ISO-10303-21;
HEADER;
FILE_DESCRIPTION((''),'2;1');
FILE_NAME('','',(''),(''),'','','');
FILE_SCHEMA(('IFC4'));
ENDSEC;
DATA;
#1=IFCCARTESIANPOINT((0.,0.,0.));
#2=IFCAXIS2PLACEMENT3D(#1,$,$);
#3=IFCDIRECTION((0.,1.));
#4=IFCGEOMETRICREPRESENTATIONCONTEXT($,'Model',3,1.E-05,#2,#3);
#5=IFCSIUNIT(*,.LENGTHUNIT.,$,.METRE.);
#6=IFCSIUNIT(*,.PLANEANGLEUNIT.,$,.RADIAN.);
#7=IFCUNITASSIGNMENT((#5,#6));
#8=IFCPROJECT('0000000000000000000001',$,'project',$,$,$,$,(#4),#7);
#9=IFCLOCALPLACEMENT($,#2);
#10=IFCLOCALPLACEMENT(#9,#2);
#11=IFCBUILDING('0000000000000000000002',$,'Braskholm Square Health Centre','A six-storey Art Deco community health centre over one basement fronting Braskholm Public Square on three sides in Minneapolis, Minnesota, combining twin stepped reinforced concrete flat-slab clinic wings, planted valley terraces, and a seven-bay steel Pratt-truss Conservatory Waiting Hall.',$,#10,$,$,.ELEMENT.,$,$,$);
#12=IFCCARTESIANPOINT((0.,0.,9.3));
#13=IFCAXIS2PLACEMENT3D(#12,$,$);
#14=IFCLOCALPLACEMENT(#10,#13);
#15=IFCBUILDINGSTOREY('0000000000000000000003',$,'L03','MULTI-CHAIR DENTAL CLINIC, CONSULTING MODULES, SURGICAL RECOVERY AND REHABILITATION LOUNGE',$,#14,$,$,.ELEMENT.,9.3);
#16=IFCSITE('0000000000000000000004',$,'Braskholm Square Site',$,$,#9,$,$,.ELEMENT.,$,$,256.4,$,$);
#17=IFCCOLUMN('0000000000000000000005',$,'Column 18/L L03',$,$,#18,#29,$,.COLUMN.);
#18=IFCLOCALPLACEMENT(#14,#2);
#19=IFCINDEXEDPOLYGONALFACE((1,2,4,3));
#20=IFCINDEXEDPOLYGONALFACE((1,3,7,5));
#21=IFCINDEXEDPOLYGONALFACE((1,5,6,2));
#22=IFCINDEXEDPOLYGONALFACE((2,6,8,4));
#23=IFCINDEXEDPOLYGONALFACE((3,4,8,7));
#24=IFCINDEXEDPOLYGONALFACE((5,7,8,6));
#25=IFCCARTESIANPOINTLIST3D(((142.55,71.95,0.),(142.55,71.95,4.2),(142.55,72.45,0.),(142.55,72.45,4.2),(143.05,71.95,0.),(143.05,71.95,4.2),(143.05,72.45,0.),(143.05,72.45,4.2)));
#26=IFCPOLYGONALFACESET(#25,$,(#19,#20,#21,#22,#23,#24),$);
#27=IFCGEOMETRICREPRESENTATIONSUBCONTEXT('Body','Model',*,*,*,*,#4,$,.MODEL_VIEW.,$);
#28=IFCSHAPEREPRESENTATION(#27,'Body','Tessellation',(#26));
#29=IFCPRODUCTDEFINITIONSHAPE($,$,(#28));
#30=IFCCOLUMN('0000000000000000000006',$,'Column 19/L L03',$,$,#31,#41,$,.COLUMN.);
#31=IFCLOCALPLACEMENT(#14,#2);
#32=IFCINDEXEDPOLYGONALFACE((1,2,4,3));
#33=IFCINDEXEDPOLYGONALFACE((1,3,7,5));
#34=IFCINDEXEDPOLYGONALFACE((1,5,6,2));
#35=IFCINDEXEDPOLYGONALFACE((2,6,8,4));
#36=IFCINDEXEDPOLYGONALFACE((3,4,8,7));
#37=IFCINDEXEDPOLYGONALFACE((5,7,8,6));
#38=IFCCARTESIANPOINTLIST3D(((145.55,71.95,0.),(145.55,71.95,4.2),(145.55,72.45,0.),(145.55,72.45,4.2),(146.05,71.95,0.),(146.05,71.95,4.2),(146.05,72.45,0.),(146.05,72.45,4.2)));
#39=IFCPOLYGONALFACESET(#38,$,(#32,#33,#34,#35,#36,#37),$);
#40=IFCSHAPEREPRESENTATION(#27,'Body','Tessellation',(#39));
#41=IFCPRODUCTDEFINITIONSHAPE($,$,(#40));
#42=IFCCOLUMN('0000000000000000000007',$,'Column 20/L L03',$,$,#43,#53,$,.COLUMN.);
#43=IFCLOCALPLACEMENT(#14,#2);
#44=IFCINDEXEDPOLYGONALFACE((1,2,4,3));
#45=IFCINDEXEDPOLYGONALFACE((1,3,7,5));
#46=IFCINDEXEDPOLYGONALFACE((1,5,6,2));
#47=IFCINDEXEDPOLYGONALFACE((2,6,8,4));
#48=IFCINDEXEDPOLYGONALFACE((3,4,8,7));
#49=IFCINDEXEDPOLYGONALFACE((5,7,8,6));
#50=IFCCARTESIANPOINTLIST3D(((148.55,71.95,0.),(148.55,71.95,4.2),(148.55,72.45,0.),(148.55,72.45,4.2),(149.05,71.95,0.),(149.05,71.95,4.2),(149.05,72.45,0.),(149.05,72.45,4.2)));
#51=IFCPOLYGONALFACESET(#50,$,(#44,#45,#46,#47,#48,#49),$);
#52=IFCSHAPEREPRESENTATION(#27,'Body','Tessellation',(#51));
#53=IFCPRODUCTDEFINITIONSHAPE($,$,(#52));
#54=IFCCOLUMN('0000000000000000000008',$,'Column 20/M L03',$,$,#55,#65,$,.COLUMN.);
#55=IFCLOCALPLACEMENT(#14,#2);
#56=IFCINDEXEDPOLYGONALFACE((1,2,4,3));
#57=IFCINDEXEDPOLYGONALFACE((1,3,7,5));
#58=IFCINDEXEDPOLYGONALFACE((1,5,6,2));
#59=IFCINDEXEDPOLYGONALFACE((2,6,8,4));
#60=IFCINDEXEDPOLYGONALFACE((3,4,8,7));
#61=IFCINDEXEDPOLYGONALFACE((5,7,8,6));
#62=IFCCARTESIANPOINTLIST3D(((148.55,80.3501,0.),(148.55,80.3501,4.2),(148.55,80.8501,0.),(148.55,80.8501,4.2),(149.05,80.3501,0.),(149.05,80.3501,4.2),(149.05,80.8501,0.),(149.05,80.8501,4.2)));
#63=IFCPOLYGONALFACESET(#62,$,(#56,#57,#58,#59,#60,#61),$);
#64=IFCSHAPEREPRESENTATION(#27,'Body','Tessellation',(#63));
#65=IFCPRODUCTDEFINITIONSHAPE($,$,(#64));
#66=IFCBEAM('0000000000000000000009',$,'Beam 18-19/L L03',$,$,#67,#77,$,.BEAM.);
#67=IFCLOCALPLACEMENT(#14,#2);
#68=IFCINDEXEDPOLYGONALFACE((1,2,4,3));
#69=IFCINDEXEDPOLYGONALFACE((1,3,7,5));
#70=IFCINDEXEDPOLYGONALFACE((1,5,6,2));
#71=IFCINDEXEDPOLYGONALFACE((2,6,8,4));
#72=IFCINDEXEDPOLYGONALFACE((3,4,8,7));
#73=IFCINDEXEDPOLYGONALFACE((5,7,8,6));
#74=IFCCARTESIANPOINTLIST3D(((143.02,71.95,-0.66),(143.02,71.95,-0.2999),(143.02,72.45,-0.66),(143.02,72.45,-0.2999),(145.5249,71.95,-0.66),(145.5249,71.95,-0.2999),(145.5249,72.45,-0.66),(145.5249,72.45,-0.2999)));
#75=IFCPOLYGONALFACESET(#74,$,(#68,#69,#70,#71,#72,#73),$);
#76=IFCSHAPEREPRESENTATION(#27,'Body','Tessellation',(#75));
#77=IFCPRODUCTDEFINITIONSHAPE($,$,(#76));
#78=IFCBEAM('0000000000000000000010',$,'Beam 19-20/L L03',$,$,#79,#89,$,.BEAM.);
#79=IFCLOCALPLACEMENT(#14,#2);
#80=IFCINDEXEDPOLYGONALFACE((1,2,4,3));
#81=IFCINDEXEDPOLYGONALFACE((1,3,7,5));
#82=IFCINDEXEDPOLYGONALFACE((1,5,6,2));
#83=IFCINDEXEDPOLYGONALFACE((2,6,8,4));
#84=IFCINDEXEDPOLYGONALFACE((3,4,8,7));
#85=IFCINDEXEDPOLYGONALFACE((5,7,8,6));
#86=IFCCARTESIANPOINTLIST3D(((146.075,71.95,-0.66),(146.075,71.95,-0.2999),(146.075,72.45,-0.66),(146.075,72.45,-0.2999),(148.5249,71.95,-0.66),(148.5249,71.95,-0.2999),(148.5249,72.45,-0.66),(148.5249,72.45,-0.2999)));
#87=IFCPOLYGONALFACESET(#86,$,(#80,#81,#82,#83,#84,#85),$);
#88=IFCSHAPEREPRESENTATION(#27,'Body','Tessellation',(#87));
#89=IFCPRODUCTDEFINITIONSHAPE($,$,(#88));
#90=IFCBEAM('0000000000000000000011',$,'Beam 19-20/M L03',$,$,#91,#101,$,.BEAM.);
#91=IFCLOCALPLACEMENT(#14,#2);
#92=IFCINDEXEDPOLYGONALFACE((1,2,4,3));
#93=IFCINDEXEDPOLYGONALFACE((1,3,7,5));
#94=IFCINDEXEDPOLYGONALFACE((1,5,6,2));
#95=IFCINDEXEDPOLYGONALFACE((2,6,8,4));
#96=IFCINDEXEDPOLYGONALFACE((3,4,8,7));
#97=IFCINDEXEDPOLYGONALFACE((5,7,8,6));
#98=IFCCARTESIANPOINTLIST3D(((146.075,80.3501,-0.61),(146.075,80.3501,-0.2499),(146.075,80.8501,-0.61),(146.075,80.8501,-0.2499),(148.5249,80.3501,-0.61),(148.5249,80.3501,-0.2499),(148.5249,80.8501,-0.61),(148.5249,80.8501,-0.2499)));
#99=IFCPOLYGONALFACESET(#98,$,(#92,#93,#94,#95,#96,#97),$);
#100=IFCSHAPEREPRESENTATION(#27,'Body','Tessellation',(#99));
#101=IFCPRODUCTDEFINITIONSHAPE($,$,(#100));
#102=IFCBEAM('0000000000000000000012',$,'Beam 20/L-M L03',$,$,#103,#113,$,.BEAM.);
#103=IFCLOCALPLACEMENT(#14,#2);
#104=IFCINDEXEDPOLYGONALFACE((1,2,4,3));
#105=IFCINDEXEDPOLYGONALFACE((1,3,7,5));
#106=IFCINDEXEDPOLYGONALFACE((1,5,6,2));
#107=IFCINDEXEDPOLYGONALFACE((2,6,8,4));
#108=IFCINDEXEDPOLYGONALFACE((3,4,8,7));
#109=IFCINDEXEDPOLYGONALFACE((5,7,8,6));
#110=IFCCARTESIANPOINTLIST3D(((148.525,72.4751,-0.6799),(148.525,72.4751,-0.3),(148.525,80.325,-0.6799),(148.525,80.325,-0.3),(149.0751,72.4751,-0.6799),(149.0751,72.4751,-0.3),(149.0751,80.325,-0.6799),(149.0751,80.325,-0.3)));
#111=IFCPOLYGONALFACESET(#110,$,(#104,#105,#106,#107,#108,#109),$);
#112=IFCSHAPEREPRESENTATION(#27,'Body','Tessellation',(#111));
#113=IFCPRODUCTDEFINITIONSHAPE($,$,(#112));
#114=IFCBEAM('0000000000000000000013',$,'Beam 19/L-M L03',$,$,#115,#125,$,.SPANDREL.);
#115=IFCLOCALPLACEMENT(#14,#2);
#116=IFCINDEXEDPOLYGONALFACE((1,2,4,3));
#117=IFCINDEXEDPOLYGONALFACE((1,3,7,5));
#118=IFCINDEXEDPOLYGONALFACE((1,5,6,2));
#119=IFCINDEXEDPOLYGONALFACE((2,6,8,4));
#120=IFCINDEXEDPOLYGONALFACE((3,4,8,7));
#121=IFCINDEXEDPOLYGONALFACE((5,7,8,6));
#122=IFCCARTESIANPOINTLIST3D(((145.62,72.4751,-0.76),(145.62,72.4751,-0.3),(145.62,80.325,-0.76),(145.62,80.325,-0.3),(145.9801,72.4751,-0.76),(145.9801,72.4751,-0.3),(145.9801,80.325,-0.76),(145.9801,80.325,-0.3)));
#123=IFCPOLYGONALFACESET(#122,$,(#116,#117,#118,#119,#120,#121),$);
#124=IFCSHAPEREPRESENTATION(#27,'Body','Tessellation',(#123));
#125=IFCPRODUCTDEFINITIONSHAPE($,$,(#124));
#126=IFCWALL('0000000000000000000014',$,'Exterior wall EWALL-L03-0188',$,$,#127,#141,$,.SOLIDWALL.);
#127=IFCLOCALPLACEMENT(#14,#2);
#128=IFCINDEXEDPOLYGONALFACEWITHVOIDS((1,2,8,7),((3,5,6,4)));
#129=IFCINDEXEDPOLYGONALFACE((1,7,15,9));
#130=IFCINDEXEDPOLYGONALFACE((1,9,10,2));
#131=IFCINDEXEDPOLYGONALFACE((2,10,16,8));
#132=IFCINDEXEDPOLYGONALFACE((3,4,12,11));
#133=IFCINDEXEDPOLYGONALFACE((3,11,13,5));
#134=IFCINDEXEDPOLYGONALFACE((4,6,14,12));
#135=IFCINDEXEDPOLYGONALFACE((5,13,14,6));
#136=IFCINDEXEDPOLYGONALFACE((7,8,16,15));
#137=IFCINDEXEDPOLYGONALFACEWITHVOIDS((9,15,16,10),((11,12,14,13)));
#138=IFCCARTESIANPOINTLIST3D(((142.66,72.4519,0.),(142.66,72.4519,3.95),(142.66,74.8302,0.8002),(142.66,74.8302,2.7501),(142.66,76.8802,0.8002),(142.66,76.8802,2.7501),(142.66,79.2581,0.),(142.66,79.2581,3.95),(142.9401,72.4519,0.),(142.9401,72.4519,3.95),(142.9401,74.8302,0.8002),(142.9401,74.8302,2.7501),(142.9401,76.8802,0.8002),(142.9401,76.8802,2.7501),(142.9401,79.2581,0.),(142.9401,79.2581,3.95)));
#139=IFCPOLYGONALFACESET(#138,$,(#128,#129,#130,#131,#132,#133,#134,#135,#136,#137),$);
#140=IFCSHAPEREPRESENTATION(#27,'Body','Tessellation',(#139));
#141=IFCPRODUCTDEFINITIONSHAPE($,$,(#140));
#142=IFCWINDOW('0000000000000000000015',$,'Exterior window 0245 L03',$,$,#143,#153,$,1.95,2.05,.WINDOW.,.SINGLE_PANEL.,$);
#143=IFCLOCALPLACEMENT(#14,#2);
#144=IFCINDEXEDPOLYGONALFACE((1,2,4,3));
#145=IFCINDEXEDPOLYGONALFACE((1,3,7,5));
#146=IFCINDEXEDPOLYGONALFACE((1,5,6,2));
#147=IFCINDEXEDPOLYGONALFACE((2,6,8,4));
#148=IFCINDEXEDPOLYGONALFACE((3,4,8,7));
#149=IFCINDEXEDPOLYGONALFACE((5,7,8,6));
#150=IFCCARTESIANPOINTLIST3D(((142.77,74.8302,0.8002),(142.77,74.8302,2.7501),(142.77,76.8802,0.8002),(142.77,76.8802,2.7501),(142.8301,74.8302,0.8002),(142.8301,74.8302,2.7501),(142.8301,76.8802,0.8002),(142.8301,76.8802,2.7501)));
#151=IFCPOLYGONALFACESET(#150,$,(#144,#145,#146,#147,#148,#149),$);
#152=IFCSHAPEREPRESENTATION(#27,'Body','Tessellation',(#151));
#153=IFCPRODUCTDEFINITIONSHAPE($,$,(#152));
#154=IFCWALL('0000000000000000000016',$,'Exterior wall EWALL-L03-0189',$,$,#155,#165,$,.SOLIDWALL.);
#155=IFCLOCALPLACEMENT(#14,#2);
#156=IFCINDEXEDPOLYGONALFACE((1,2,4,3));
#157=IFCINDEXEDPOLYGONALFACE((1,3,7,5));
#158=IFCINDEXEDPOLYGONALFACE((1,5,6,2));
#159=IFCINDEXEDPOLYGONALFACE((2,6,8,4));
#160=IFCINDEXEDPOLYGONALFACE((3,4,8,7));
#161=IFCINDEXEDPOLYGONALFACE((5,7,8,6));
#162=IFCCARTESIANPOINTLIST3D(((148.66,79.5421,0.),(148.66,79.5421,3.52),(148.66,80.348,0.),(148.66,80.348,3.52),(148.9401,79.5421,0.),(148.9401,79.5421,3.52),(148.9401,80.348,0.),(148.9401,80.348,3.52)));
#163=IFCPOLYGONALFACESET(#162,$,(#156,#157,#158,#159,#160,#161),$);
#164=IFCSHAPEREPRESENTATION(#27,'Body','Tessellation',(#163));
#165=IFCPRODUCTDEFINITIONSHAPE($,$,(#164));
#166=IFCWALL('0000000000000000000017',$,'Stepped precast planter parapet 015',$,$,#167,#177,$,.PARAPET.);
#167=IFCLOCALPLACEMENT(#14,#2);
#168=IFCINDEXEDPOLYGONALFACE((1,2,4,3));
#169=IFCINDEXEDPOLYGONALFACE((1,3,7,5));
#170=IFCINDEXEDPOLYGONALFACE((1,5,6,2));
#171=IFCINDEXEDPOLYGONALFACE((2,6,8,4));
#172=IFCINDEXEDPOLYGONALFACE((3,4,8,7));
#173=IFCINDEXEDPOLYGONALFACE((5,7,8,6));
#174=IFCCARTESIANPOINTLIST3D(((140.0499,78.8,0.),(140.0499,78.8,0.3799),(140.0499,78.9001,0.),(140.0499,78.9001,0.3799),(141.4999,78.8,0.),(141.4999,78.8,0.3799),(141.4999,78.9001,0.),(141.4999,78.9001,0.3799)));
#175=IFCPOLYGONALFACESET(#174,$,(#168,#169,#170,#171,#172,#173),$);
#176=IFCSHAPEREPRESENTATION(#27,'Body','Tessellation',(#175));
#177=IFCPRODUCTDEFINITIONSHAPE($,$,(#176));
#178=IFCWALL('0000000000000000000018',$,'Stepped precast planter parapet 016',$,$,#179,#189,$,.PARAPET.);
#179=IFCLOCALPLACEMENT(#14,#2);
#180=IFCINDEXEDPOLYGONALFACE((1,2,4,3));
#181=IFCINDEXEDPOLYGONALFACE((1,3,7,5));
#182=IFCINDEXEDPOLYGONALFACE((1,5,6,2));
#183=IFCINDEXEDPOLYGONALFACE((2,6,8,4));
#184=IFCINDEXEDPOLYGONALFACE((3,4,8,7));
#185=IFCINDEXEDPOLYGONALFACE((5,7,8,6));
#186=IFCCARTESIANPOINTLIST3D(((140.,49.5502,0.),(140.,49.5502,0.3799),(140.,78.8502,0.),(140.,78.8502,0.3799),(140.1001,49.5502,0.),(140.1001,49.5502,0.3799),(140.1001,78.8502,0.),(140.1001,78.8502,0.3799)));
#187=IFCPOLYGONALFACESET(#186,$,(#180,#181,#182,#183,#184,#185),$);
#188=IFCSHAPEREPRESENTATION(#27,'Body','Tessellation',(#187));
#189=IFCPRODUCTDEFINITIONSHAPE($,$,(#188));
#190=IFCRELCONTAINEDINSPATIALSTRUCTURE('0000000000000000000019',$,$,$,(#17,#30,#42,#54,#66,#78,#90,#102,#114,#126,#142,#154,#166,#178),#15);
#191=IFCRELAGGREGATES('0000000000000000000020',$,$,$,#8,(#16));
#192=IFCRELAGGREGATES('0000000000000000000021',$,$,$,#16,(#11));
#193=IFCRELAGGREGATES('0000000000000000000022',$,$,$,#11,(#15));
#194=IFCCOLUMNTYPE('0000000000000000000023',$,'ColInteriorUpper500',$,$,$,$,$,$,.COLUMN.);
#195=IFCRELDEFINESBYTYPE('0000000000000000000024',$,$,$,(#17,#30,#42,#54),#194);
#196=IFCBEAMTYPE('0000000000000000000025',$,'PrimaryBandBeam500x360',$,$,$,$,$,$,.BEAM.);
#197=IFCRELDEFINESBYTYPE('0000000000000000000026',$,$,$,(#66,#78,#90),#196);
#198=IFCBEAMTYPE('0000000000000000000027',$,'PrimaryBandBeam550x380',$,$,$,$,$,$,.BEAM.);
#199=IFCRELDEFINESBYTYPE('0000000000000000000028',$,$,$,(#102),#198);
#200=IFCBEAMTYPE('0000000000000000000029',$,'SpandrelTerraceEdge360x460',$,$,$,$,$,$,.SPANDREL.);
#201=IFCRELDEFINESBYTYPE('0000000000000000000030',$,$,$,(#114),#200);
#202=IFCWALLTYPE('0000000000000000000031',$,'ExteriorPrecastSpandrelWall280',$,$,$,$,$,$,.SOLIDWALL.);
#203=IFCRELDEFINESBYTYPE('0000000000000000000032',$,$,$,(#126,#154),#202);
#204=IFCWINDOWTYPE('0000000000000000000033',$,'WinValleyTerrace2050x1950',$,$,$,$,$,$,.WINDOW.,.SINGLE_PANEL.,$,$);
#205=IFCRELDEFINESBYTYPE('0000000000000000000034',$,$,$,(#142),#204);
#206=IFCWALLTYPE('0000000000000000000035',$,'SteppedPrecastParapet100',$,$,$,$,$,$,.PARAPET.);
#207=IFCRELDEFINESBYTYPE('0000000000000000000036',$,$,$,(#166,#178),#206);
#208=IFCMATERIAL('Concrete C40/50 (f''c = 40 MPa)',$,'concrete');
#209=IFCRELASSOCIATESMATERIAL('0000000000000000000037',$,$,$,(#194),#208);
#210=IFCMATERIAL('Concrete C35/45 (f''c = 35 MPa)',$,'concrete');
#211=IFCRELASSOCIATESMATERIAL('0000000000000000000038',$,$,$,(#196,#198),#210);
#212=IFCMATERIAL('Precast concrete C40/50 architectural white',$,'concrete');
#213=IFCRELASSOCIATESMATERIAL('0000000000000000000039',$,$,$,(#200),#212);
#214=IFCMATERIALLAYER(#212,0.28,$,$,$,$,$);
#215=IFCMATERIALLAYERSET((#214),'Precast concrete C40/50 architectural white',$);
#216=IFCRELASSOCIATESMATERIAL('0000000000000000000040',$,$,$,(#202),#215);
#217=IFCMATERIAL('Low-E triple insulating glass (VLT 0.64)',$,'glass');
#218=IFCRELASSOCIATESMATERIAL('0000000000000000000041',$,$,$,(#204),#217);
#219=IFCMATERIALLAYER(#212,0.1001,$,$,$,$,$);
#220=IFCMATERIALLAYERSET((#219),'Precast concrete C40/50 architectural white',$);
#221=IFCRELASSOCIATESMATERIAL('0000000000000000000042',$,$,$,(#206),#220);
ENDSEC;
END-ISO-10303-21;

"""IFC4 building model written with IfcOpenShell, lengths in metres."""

from ifc_helpers import new_model, si_unit, direction, frame, frame_2d, origin, origin_with_axes, origin_2d, place, context, subcontext, project, spatial, rectangle, extrude, material, layer, layer_set, material_profile, profile_set, type_object, element, fill, save


model = new_model("IFC4")

# Units and contexts
model_context = context("Model", 3, precision=1e-05, world=origin(), true_north=direction((0.0, 1.0)))
body_context = subcontext(model_context, "Body", "Model", "MODEL_VIEW")
ifc_project = project(units=[si_unit("LENGTHUNIT", "METRE"), si_unit("PLANEANGLEUNIT", "RADIAN")], contexts=[model_context])

# Site, building, storey
site_placement = place(None, origin())
site = spatial("IfcSite", under=ifc_project, at=site_placement, Name="Braskholm Square Site", CompositionType="ELEMENT", RefElevation=256.4)
building_placement = place(site_placement, origin())
building = spatial("IfcBuilding", under=site, at=building_placement, Name="Braskholm Square Health Centre", Description="A six-storey Art Deco community health centre over one basement fronting Braskholm Public Square on three sides in Minneapolis, Minnesota, combining twin stepped reinforced concrete flat-slab clinic wings, planted valley terraces, and a seven-bay steel Pratt-truss Conservatory Waiting Hall.", CompositionType="ELEMENT")
storey_placement = place(building_placement, frame((0.0, 0.0, 9.3)))
storey = spatial("IfcBuildingStorey", under=building, at=storey_placement, Name="L03", Description="MULTI-CHAIR DENTAL CLINIC, CONSULTING MODULES, SURGICAL RECOVERY AND REHABILITATION LOUNGE", CompositionType="ELEMENT", Elevation=9.3)

# Columns
ifc_material_1 = material(Name="Concrete C40/50 (f'c = 40 MPa)", Category="concrete")
ifc_material_profile_1 = material_profile(ifc_material_1, rectangle(XDim=0.5, YDim=0.5, at=origin_2d()), Name="RC-500X500")
ifc_profile_set_1 = profile_set([ifc_material_profile_1], Name="Concrete C40/50 (f'c = 40 MPa)")
column_type = type_object("IfcColumnType", Name="ColInteriorUpper500", PredefinedType="COLUMN", material=ifc_profile_set_1)
for number, where, z_axis, x_axis, name in (
    (1, (142.8, 72.2, 0.0), (0.0, 0.0, 1.0), (1.0, 0.0, 0.0), "Column 18/L L03"),
    (2, (145.8, 72.2, 0.0), (0.0, 0.0, 1.0), (1.0, 0.0, 0.0), "Column 19/L L03"),
    (3, (148.8, 72.2, 0.0), (0.0, 0.0, 1.0), (1.0, 0.0, 0.0), "Column 20/L L03"),
    (4, (148.8, 80.6001, 0.0), (0.0, 0.0, 1.0), (1.0, 0.0, 0.0), "Column 20/M L03"),
):
    element("IfcColumn", number, at=place(storey_placement, frame(where, z_axis=z_axis, x_axis=x_axis)), inside=storey, type_object=column_type, Name=name, PredefinedType="COLUMN", context=body_context, shape_type="SweptSolid", body=[
        extrude(rectangle(XDim=0.5, YDim=0.5, at=origin_2d()), origin(), (0.0, 0.0, 1.0), 4.2),
    ])

# Beams
ifc_material_2 = material(Name="Concrete C35/45 (f'c = 35 MPa)", Category="concrete")
ifc_material_profile_2 = material_profile(ifc_material_2, rectangle(XDim=0.5, YDim=0.3601, at=origin_2d()), Name="RCB-500X360")
ifc_profile_set_2 = profile_set([ifc_material_profile_2], Name="Concrete C35/45 (f'c = 35 MPa)")
beam_type_1 = type_object("IfcBeamType", Name="PrimaryBandBeam500x360", PredefinedType="BEAM", material=ifc_profile_set_2)
beam_1_placement = place(storey_placement, frame((143.02, 72.2, -0.48), z_axis=(1.0, 0.0, 0.0), x_axis=(0.0, 1.0, 0.0)))
element("IfcBeam", 5, at=beam_1_placement, inside=storey, type_object=beam_type_1, Name="Beam 18-19/L L03", PredefinedType="BEAM", context=body_context, shape_type="SweptSolid", body=[
    extrude(rectangle(XDim=0.5, YDim=0.3601, at=origin_2d()), origin(), (0.0, 0.0, 1.0), 2.5049),
])
for number, where, z_axis, x_axis, name in (
    (6, (146.075, 72.2, -0.48), (1.0, 0.0, 0.0), (0.0, 1.0, 0.0), "Beam 19-20/L L03"),
    (7, (146.075, 80.6001, -0.4299), (1.0, 0.0, 0.0), (0.0, 1.0, 0.0), "Beam 19-20/M L03"),
):
    element("IfcBeam", number, at=place(storey_placement, frame(where, z_axis=z_axis, x_axis=x_axis)), inside=storey, type_object=beam_type_1, Name=name, PredefinedType="BEAM", context=body_context, shape_type="SweptSolid", body=[
        extrude(rectangle(XDim=0.5, YDim=0.3601, at=origin_2d()), origin(), (0.0, 0.0, 1.0), 2.45),
    ])
ifc_material_profile_3 = material_profile(ifc_material_2, rectangle(XDim=0.55, YDim=0.3799, at=origin_2d()), Name="RCB-550X380")
ifc_profile_set_3 = profile_set([ifc_material_profile_3], Name="Concrete C35/45 (f'c = 35 MPa)")
beam_type_2 = type_object("IfcBeamType", Name="PrimaryBandBeam550x380", PredefinedType="BEAM", material=ifc_profile_set_3)
beam_2_placement = place(storey_placement, frame((148.8, 72.4751, -0.49), z_axis=(0.0, 1.0, 0.0), x_axis=(-1.0, 0.0, 0.0)))
element("IfcBeam", 8, at=beam_2_placement, inside=storey, type_object=beam_type_2, Name="Beam 20/L-M L03", PredefinedType="BEAM", context=body_context, shape_type="SweptSolid", body=[
    extrude(rectangle(XDim=0.55, YDim=0.3799, at=origin_2d()), origin(), (0.0, 0.0, 1.0), 7.8499),
])
ifc_material_3 = material(Name="Precast concrete C40/50 architectural white", Category="concrete")
ifc_material_profile_4 = material_profile(ifc_material_3, rectangle(XDim=0.3601, YDim=0.46, at=origin_2d()), Name="RCB-360X460")
ifc_profile_set_4 = profile_set([ifc_material_profile_4], Name="Precast concrete C40/50 architectural white")
beam_type_3 = type_object("IfcBeamType", Name="SpandrelTerraceEdge360x460", PredefinedType="SPANDREL", material=ifc_profile_set_4)
beam_3_placement = place(storey_placement, frame((145.8, 72.4751, -0.53), z_axis=(0.0, 1.0, 0.0), x_axis=(-1.0, 0.0, 0.0)))
element("IfcBeam", 9, at=beam_3_placement, inside=storey, type_object=beam_type_3, Name="Beam 19/L-M L03", PredefinedType="SPANDREL", context=body_context, shape_type="SweptSolid", body=[
    extrude(rectangle(XDim=0.3601, YDim=0.46, at=origin_2d()), origin(), (0.0, 0.0, 1.0), 7.8499),
])

# Wall, opening, window
ifc_layer_1 = layer(ifc_material_3, 0.28)
ifc_layer_set_1 = layer_set([ifc_layer_1], Name="Precast concrete C40/50 architectural white")
wall_type_1 = type_object("IfcWallType", Name="ExteriorPrecastSpandrelWall280", PredefinedType="SOLIDWALL", material=ifc_layer_set_1)
wall_1_placement = place(storey_placement, frame((142.8, 79.2581, 0.0), z_axis=(0.0, 0.0, 1.0), x_axis=(0.0, -1.0, 0.0)))
wall_1 = element("IfcWall", 10, at=wall_1_placement, inside=storey, type_object=wall_type_1, Name="Exterior wall EWALL-L03-0188", PredefinedType="SOLIDWALL", context=body_context, shape_type="SweptSolid", body=[
    extrude(rectangle(XDim=6.8062, YDim=0.28, at=frame_2d((3.4031, 0.0))), origin(), (0.0, 0.0, 1.0), 3.95),
])
opening_placement = place(wall_1_placement, frame((2.3779, 0.0, 0.8)))
opening = element("IfcOpeningElement", 11, at=opening_placement, cuts=wall_1, PredefinedType="OPENING", context=body_context, shape_type="SweptSolid", body=[
    extrude(rectangle(XDim=2.05, YDim=1.95, at=frame_2d((1.0249, 0.9751))), frame((0.0, 0.1499, 0.0), z_axis=(0.0, -1.0, 0.0), x_axis=(1.0, 0.0, 0.0)), (0.0, 0.0, 1.0), 0.3),
])
ifc_material_4 = material(Name="Low-E triple insulating glass (VLT 0.64)", Category="glass")
window_type = type_object("IfcWindowType", Name="WinValleyTerrace2050x1950", PartitioningType="SINGLE_PANEL", PredefinedType="WINDOW", material=ifc_material_4)
window_placement = place(opening_placement, origin_with_axes())
window = element("IfcWindow", 12, at=window_placement, inside=storey, type_object=window_type, Name="Exterior window 0245 L03", OverallHeight=1.95, OverallWidth=2.05, PartitioningType="SINGLE_PANEL", PredefinedType="WINDOW", context=body_context, shape_type="SweptSolid", body=[
    extrude(rectangle(XDim=2.05, YDim=1.95, at=frame_2d((1.0249, 0.9751))), frame((0.0, 0.03, 0.0), z_axis=(0.0, -1.0, 0.0), x_axis=(1.0, 0.0, 0.0)), (0.0, 0.0, 1.0), 0.0601),
])
fill(opening, window)

# Walls
wall_2_placement = place(storey_placement, frame((148.8, 80.3479, 0.0), z_axis=(0.0, 0.0, 1.0), x_axis=(0.0, -1.0, 0.0)))
element("IfcWall", 13, at=wall_2_placement, inside=storey, type_object=wall_type_1, Name="Exterior wall EWALL-L03-0189", PredefinedType="SOLIDWALL", context=body_context, shape_type="SweptSolid", body=[
    extrude(rectangle(XDim=0.8059, YDim=0.28, at=frame_2d((0.4028, 0.0))), origin(), (0.0, 0.0, 1.0), 3.52),
])
ifc_layer_2 = layer(ifc_material_3, 0.1001)
ifc_layer_set_2 = layer_set([ifc_layer_2], Name="Precast concrete C40/50 architectural white")
wall_type_2 = type_object("IfcWallType", Name="SteppedPrecastParapet100", PredefinedType="PARAPET", material=ifc_layer_set_2)
wall_3_placement = place(storey_placement, frame((141.5, 78.8501, 0.0), z_axis=(0.0, 0.0, 1.0), x_axis=(-1.0, 0.0, 0.0)))
element("IfcWall", 14, at=wall_3_placement, inside=storey, type_object=wall_type_2, Name="Stepped precast planter parapet 015", PredefinedType="PARAPET", context=body_context, shape_type="SweptSolid", body=[
    extrude(rectangle(XDim=1.45, YDim=0.1001, at=frame_2d((0.7251, 0.0))), origin(), (0.0, 0.0, 1.0), 0.3799),
])
wall_4_placement = place(storey_placement, frame((140.05, 78.8501, 0.0), z_axis=(0.0, 0.0, 1.0), x_axis=(0.0, -1.0, 0.0)))
element("IfcWall", 15, at=wall_4_placement, inside=storey, type_object=wall_type_2, Name="Stepped precast planter parapet 016", PredefinedType="PARAPET", context=body_context, shape_type="SweptSolid", body=[
    extrude(rectangle(XDim=29.3, YDim=0.1001, at=frame_2d((14.6499, 0.0))), origin(), (0.0, 0.0, 1.0), 0.3799),
])

save(model, "model.ifc")
